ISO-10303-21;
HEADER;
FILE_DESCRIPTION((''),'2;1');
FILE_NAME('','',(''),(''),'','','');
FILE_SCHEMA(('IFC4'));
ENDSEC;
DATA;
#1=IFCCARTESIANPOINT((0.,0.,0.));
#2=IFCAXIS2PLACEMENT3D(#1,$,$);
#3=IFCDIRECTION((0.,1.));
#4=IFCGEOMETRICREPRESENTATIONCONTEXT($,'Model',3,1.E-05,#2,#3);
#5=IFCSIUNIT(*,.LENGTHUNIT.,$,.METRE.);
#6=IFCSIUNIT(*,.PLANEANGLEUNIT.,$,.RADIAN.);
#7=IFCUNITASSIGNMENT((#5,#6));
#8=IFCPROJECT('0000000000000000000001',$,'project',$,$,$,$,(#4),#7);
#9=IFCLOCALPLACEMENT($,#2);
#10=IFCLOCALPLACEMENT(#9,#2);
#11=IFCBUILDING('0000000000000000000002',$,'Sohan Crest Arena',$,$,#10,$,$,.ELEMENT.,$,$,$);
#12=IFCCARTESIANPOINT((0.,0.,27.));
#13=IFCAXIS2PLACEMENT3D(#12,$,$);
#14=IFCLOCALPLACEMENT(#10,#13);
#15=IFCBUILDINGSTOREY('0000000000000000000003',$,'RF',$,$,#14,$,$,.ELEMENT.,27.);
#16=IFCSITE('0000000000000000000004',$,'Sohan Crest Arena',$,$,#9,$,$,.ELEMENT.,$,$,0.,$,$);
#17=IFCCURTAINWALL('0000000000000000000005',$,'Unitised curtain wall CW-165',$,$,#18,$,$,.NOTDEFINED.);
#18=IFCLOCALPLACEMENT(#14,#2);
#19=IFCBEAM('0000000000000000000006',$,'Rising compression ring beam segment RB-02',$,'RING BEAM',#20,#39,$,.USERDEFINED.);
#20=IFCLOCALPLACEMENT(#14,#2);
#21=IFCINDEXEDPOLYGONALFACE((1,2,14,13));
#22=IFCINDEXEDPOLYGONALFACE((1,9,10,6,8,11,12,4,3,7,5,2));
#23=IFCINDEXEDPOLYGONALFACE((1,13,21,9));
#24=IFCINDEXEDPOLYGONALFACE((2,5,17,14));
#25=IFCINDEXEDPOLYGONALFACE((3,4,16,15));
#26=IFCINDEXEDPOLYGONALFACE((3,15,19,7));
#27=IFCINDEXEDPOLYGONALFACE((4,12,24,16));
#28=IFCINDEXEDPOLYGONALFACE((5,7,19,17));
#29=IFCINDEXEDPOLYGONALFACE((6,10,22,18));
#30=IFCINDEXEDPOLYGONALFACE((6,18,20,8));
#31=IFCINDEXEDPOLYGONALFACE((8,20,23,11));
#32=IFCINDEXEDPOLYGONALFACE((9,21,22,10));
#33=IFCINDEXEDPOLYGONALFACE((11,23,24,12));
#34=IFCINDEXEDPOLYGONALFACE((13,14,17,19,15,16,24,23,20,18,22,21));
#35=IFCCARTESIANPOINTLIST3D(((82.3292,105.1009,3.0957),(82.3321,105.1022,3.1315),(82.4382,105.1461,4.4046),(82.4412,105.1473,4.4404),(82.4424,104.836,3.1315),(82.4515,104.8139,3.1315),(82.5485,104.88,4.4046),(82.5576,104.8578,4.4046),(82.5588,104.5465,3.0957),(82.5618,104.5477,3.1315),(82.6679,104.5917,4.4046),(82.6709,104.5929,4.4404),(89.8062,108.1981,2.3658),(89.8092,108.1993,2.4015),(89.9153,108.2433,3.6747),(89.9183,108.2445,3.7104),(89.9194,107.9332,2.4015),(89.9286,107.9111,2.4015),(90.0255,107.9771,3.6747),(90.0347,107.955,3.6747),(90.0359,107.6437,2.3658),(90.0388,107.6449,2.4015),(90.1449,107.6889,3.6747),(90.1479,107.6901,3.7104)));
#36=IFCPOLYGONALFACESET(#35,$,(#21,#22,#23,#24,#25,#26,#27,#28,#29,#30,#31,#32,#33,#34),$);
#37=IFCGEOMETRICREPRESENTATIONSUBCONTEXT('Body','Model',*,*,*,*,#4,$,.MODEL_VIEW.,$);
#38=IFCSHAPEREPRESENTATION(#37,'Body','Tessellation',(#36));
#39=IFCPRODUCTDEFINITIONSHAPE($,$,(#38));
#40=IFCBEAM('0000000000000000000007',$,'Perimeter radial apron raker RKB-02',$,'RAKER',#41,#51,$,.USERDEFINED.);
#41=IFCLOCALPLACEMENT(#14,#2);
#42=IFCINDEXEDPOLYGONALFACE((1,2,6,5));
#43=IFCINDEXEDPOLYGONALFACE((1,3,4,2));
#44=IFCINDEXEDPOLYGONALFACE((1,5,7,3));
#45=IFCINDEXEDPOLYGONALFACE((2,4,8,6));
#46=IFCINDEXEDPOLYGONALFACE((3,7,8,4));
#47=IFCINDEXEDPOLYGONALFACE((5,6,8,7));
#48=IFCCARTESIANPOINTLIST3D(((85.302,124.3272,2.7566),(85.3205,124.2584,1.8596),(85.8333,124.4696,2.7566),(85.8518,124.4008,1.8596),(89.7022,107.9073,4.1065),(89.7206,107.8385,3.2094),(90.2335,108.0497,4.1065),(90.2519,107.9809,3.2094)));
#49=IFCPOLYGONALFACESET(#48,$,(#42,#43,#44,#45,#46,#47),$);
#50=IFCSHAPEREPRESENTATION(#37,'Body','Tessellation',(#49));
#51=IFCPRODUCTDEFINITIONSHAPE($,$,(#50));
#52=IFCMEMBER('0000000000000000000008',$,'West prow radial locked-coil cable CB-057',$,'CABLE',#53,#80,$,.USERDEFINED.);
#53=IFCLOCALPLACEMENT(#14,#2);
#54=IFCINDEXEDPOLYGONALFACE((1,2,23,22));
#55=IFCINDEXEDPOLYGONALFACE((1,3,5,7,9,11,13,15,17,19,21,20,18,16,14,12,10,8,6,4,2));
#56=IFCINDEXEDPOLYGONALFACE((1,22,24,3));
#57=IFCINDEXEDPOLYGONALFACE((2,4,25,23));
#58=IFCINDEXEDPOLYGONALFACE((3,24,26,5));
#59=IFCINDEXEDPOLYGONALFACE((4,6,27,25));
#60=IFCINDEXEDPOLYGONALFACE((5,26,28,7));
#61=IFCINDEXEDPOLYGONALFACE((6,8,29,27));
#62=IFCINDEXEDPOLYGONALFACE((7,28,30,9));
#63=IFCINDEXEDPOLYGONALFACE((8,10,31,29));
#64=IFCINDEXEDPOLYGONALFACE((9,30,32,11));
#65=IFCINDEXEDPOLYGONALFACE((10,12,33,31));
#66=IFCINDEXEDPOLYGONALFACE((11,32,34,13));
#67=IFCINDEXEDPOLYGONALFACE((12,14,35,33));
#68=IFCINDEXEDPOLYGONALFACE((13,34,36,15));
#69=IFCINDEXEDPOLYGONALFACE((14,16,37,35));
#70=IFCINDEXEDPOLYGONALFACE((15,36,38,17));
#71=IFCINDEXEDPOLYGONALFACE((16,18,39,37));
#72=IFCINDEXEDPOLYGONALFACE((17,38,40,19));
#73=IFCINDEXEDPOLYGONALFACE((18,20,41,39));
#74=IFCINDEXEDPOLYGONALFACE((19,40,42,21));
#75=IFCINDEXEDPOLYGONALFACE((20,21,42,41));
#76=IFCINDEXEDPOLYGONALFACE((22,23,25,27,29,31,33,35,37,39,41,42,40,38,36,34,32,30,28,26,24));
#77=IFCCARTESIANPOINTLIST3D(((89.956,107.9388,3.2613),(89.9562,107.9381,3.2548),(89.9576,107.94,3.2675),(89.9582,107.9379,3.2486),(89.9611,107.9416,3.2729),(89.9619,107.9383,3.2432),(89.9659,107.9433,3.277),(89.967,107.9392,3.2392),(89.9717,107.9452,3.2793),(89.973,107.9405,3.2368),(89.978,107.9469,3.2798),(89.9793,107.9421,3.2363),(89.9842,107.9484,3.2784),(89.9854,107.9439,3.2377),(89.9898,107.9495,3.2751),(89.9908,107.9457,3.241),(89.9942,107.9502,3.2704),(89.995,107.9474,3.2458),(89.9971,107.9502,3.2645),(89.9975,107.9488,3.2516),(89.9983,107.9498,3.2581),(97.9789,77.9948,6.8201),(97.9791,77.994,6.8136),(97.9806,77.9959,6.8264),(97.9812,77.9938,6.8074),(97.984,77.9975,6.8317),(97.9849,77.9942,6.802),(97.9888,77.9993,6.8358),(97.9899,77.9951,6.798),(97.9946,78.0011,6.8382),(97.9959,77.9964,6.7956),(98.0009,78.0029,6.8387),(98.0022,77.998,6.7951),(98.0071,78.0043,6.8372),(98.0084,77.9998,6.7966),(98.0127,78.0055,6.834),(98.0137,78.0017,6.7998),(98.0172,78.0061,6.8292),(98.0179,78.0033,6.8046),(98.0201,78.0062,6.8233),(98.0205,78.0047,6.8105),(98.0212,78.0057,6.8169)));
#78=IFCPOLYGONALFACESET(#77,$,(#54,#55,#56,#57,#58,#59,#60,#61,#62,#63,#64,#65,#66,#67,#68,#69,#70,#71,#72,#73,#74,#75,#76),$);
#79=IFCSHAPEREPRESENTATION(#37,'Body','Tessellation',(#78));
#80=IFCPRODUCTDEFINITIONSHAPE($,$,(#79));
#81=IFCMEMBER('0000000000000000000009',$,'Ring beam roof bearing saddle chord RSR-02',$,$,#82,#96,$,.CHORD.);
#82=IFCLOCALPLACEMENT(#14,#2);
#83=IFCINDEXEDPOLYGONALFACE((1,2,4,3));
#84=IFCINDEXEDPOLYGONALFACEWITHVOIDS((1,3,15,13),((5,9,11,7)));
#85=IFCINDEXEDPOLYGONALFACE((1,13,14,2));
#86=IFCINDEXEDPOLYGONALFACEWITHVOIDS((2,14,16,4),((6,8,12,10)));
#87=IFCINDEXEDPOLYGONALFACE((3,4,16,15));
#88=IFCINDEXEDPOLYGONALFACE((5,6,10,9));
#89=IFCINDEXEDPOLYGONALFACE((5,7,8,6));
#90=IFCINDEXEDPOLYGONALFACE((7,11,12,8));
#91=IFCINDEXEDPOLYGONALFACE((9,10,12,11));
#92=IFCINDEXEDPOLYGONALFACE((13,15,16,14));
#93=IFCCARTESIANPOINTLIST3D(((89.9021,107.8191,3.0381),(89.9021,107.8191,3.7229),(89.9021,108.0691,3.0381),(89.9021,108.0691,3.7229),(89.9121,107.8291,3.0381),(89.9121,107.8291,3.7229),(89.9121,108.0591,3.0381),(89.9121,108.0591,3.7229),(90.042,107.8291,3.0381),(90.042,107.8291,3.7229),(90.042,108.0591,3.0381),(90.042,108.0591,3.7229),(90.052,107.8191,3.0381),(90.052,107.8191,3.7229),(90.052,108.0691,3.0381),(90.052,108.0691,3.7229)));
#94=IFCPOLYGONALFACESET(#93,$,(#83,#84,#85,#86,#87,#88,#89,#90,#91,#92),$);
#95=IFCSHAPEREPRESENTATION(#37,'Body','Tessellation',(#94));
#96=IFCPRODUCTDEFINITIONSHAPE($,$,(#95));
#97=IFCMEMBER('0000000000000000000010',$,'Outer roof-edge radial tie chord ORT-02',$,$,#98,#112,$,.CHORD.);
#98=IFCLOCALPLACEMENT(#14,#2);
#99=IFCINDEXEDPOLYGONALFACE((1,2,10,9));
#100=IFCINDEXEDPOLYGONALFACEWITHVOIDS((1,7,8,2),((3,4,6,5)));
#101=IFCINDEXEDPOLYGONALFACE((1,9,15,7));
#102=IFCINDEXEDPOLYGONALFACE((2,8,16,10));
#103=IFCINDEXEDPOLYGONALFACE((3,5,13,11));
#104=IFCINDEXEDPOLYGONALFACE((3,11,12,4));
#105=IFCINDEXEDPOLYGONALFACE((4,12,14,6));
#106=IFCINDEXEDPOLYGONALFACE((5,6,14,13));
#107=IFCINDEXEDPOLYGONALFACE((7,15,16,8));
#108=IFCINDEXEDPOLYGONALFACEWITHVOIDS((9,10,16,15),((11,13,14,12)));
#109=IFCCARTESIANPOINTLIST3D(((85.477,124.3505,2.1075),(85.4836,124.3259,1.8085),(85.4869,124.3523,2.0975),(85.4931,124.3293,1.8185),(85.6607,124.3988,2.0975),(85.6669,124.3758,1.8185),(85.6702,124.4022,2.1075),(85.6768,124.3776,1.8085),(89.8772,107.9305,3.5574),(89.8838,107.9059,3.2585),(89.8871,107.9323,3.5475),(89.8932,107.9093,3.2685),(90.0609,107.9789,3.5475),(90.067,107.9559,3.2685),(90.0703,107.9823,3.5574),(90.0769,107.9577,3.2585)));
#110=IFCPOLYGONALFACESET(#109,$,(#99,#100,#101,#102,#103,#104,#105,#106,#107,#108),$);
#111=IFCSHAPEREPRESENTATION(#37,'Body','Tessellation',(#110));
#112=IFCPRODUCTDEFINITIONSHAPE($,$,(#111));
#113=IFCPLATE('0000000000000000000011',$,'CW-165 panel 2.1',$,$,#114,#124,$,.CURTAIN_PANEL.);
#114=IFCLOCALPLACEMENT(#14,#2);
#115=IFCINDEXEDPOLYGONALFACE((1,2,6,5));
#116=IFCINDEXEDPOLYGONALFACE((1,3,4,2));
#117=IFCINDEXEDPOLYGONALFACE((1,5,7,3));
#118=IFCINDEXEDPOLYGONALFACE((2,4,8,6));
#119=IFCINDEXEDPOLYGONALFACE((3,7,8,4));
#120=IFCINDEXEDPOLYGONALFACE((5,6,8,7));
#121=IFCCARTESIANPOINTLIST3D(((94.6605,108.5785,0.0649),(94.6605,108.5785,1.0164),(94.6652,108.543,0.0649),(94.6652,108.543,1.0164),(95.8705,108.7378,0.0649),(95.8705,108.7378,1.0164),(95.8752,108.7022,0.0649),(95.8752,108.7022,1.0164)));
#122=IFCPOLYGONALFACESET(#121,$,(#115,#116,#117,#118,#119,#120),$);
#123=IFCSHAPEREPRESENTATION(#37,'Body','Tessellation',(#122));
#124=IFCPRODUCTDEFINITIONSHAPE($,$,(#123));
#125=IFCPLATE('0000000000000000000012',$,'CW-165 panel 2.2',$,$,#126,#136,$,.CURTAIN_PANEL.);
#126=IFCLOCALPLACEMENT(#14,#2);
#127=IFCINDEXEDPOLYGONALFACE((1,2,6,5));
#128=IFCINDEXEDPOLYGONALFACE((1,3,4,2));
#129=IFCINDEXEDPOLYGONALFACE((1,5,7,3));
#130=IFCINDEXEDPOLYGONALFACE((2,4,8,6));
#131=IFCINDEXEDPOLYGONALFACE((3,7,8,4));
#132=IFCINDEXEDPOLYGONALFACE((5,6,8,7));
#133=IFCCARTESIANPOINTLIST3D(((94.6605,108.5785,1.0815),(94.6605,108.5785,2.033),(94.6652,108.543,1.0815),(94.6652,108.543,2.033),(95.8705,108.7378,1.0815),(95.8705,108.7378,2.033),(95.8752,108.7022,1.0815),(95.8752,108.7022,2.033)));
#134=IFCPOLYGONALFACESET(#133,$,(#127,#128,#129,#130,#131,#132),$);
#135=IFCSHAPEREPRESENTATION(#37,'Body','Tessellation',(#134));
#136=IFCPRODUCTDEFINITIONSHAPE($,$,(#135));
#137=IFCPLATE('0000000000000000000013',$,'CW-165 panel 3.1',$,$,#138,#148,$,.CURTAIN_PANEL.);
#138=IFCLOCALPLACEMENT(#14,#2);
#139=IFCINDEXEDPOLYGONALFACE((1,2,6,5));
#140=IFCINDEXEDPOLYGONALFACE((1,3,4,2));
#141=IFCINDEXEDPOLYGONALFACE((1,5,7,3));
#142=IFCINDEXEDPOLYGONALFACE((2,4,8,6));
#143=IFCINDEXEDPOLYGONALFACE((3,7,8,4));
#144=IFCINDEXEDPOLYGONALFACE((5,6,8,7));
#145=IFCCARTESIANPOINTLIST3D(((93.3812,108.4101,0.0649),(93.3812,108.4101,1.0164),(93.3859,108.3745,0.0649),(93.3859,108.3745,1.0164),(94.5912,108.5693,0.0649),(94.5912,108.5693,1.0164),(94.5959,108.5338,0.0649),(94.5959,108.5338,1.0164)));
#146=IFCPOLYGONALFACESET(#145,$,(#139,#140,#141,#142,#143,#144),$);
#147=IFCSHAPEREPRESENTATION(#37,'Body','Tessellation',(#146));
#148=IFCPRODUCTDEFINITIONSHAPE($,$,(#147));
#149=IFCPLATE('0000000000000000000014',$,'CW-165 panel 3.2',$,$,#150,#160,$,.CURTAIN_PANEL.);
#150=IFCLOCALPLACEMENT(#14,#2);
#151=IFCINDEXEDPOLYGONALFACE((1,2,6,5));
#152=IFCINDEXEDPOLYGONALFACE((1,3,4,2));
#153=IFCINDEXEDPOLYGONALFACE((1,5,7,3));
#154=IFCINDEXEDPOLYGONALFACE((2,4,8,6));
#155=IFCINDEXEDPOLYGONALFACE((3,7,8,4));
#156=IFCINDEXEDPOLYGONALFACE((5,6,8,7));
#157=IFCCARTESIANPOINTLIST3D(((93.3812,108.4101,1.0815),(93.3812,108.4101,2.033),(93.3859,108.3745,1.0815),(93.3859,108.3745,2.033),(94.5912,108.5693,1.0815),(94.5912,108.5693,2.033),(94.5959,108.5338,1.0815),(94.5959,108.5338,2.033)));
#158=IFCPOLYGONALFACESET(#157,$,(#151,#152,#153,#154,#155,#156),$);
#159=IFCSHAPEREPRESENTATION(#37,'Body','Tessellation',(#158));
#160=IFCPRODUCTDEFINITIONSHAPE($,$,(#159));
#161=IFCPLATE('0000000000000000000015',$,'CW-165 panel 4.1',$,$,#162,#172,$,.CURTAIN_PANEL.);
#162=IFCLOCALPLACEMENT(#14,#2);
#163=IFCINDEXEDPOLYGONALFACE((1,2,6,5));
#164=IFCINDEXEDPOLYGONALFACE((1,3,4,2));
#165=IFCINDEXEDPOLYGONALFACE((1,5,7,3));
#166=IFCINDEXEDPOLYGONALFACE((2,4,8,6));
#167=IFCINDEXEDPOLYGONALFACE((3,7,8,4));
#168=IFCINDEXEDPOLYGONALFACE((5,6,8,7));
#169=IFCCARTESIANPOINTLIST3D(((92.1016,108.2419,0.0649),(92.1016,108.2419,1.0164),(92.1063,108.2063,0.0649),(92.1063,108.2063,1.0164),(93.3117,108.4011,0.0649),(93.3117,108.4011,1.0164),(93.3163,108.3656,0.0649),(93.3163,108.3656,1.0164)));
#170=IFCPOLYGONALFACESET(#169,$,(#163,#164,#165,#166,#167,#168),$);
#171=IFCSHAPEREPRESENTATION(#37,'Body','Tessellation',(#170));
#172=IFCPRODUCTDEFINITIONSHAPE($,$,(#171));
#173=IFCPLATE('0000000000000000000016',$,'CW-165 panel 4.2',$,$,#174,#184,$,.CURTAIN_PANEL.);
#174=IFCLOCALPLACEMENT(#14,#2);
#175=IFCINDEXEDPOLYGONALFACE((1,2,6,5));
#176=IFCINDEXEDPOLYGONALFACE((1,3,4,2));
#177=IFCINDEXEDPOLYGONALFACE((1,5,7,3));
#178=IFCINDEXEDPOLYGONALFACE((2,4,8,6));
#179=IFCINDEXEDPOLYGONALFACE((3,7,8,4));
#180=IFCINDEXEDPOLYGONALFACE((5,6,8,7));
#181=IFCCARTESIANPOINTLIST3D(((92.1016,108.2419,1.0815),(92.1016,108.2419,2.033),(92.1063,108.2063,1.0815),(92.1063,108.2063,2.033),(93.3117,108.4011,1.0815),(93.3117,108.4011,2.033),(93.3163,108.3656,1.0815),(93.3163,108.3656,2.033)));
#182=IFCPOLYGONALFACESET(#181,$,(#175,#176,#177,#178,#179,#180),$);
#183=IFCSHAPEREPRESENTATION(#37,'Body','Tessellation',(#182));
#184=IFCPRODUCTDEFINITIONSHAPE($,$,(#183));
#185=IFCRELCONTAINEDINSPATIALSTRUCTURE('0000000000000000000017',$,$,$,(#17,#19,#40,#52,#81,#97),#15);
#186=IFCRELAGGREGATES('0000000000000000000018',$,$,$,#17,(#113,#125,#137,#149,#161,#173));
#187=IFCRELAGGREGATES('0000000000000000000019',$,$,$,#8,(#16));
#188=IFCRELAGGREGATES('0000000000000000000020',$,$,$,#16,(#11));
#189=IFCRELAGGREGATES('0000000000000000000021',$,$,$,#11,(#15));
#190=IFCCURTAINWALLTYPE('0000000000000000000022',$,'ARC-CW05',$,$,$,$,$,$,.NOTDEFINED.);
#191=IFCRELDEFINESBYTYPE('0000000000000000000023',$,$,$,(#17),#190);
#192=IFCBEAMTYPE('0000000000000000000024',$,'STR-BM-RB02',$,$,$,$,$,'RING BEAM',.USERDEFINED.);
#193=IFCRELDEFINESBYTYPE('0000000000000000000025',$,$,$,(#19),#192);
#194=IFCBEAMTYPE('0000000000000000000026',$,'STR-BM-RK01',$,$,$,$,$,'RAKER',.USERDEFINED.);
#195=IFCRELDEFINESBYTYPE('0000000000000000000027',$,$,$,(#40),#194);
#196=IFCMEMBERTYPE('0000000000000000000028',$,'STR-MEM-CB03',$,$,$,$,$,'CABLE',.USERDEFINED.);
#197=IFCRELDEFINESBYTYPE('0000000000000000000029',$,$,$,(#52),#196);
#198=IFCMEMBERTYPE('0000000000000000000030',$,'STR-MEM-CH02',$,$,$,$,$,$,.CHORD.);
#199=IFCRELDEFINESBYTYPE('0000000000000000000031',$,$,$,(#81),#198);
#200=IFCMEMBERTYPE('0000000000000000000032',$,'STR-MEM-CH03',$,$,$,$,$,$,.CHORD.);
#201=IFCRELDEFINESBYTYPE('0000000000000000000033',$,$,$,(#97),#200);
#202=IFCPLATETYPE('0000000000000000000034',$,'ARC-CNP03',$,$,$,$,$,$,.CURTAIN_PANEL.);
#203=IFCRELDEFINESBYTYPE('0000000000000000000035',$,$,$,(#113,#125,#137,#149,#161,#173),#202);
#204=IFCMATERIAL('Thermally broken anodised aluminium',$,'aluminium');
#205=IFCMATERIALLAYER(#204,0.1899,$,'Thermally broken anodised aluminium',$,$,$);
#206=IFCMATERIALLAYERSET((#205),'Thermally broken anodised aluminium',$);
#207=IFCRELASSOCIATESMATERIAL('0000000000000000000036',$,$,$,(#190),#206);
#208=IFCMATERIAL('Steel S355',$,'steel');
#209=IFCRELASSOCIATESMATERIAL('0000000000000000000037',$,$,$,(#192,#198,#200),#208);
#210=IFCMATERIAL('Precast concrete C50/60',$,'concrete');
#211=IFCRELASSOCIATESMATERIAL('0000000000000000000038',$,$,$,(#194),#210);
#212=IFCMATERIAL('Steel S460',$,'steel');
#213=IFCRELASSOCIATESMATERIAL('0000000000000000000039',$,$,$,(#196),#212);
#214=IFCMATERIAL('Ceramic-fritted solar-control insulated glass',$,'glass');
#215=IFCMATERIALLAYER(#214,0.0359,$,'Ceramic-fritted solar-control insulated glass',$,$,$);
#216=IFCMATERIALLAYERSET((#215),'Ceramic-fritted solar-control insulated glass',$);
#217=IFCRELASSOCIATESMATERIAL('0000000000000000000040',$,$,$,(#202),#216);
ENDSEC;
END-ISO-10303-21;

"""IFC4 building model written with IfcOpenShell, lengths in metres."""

from ifc_helpers import new_model, si_unit, direction, frame, origin, origin_2d, place, context, subcontext, project, spatial, rectangle, hollow_rectangle, circle, i_section, extrude, material, layer, layer_set, material_profile, profile_set, type_object, element, aggregate, save


model = new_model("IFC4")

# Units and contexts
model_context = context("Model", 3, precision=1e-05, world=origin(), true_north=direction((0.0, 1.0)))
body_context = subcontext(model_context, "Body", "Model", "MODEL_VIEW")
ifc_project = project(units=[si_unit("LENGTHUNIT", "METRE"), si_unit("PLANEANGLEUNIT", "RADIAN")], contexts=[model_context])

# Site, building, storey
site_placement = place(None, origin())
site = spatial("IfcSite", under=ifc_project, at=site_placement, Name="Sohan Crest Arena", CompositionType="ELEMENT", RefElevation=0.0)
building_placement = place(site_placement, origin())
building = spatial("IfcBuilding", under=site, at=building_placement, Name="Sohan Crest Arena", CompositionType="ELEMENT")
storey_placement = place(building_placement, frame((0.0, 0.0, 27.0)))
storey = spatial("IfcBuildingStorey", under=building, at=storey_placement, Name="RF", CompositionType="ELEMENT", Elevation=27.0)

# Curtain wall
ifc_material_1 = material(Name="Thermally broken anodised aluminium", Category="aluminium")
ifc_layer_1 = layer(ifc_material_1, 0.1899, Name="Thermally broken anodised aluminium")
ifc_layer_set_1 = layer_set([ifc_layer_1], Name="Thermally broken anodised aluminium")
curtain_wall_type = type_object("IfcCurtainWallType", Name="ARC-CW05", PredefinedType="NOTDEFINED", material=ifc_layer_set_1)
curtain_wall_placement = place(storey_placement, origin())
curtain_wall = element("IfcCurtainWall", 1, at=curtain_wall_placement, inside=storey, type_object=curtain_wall_type, Name="Unitised curtain wall CW-165", PredefinedType="NOTDEFINED")

# Beams
ifc_material_2 = material(Name="Steel S355", Category="steel")
ifc_material_profile_1 = material_profile(ifc_material_2, i_section(OverallWidth=0.6001, OverallDepth=1.3501, WebThickness=0.0239, FlangeThickness=0.0359, at=origin_2d()), Name="PG 1350x600x24x36")
ifc_profile_set_1 = profile_set([ifc_material_profile_1], Name="Steel S355")
beam_type_1 = type_object("IfcBeamType", Name="STR-BM-RB02", ElementType="RING BEAM", PredefinedType="USERDEFINED", material=ifc_profile_set_1)
beam_1_placement = place(storey_placement, frame((89.9771, 107.9441, 3.0381), z_axis=(-0.920141, -0.381144, 0.089833), x_axis=(0.382691, -0.923876, 0.0)))
element("IfcBeam", 2, at=beam_1_placement, inside=storey, type_object=beam_type_1, Name="Rising compression ring beam segment RB-02", ObjectType="RING BEAM", PredefinedType="USERDEFINED", context=body_context, shape_type="SweptSolid", body=[
    extrude(i_section(OverallWidth=0.6001, OverallDepth=1.3501, WebThickness=0.0239, FlangeThickness=0.0359, at=origin_2d()), origin(), (0.0, 0.0, 1.0), 8.126),
])
ifc_material_3 = material(Name="Precast concrete C50/60", Category="concrete")
ifc_material_profile_2 = material_profile(ifc_material_3, rectangle(XDim=0.55, YDim=0.8999, at=origin_2d()), Name="RAKER 550x900")
ifc_profile_set_2 = profile_set([ifc_material_profile_2], Name="Precast concrete C50/60")
beam_type_2 = type_object("IfcBeamType", Name="STR-BM-RK01", ElementType="RAKER", PredefinedType="USERDEFINED", material=ifc_profile_set_2)
beam_2_placement = place(storey_placement, frame((89.9771, 107.9441, 3.658), z_axis=(-0.258031, 0.962888, -0.079157), x_axis=(-0.965919, -0.258843, 0.0)))
element("IfcBeam", 3, at=beam_2_placement, inside=storey, type_object=beam_type_2, Name="Perimeter radial apron raker RKB-02", ObjectType="RAKER", PredefinedType="USERDEFINED", context=body_context, shape_type="SweptSolid", body=[
    extrude(rectangle(XDim=0.55, YDim=0.8999, at=origin_2d()), origin(), (0.0, 0.0, 1.0), 17.0527),
])

# Members
ifc_material_4 = material(Name="Steel S460", Category="steel")
ifc_material_profile_3 = material_profile(ifc_material_4, circle(Radius=0.022, at=origin_2d()), Name="FLC D44")
ifc_profile_set_3 = profile_set([ifc_material_profile_3], Name="Steel S460")
member_type_1 = type_object("IfcMemberType", Name="STR-MEM-CB03", ElementType="CABLE", PredefinedType="USERDEFINED", material=ifc_profile_set_3)
member_1_placement = place(storey_placement, frame((89.9771, 107.9441, 3.2581), z_axis=(0.257114, -0.959627, 0.114051), x_axis=(0.96593, 0.258803, 0.0)))
element("IfcMember", 4, at=member_1_placement, inside=storey, type_object=member_type_1, Name="West prow radial locked-coil cable CB-057", ObjectType="CABLE", PredefinedType="USERDEFINED", context=body_context, shape_type="SweptSolid", body=[
    extrude(circle(Radius=0.022, at=origin_2d()), origin(), (0.0, 0.0, 1.0), 31.2039),
])
ifc_material_profile_4 = material_profile(ifc_material_2, hollow_rectangle(XDim=0.1499, YDim=0.25, WallThickness=0.01, at=origin_2d()), Name="RHS 250x150x10")
ifc_profile_set_4 = profile_set([ifc_material_profile_4], Name="Steel S355")
member_type_2 = type_object("IfcMemberType", Name="STR-MEM-CH02", PredefinedType="CHORD", material=ifc_profile_set_4)
member_2_placement = place(storey_placement, frame((89.9771, 107.9441, 3.0381), z_axis=(0.0, 0.0, 1.0), x_axis=(1.0, 0.0, 0.0)))
element("IfcMember", 5, at=member_2_placement, inside=storey, type_object=member_type_2, Name="Ring beam roof bearing saddle chord RSR-02", PredefinedType="CHORD", context=body_context, shape_type="SweptSolid", body=[
    extrude(hollow_rectangle(XDim=0.1499, YDim=0.25, WallThickness=0.01, at=origin_2d()), origin(), (0.0, 0.0, 1.0), 0.6848),
])
ifc_material_profile_5 = material_profile(ifc_material_2, hollow_rectangle(XDim=0.2, YDim=0.3, WallThickness=0.01, at=origin_2d()), Name="RHS 300x200x10")
ifc_profile_set_5 = profile_set([ifc_material_profile_5], Name="Steel S355")
member_type_3 = type_object("IfcMemberType", Name="STR-MEM-CH03", PredefinedType="CHORD", material=ifc_profile_set_5)
member_3_placement = place(storey_placement, frame((89.9771, 107.9441, 3.408), z_axis=(-0.257907, 0.962425, -0.084986), x_axis=(-0.965919, -0.258843, 0.0)))
element("IfcMember", 6, at=member_3_placement, inside=storey, type_object=member_type_3, Name="Outer roof-edge radial tie chord ORT-02", PredefinedType="CHORD", context=body_context, shape_type="SweptSolid", body=[
    extrude(hollow_rectangle(XDim=0.2, YDim=0.3, WallThickness=0.01, at=origin_2d()), origin(), (0.0, 0.0, 1.0), 17.061),
])

# Plates
ifc_material_5 = material(Name="Ceramic-fritted solar-control insulated glass", Category="glass")
ifc_layer_2 = layer(ifc_material_5, 0.0359, Name="Ceramic-fritted solar-control insulated glass")
ifc_layer_set_2 = layer_set([ifc_layer_2], Name="Ceramic-fritted solar-control insulated glass")
plate_type_1 = type_object("IfcPlateType", Name="ARC-CNP03", PredefinedType="CURTAIN_PANEL", material=ifc_layer_set_2)
plate_1_placement = place(storey_placement, frame((95.2678, 108.6404, 0.0649), z_axis=(0.0, 0.0, 1.0), x_axis=(-0.991448, -0.130499, 0.0)))
plate_1 = element("IfcPlate", 7, at=plate_1_placement, type_object=plate_type_1, Name="CW-165 panel 2.1", PredefinedType="CURTAIN_PANEL", context=body_context, shape_type="SweptSolid", body=[
    extrude(rectangle(XDim=1.2205, YDim=0.0359, at=origin_2d()), origin(), (0.0, 0.0, 1.0), 0.9514),
])
plate_2_placement = place(storey_placement, frame((95.2678, 108.6404, 1.0815), z_axis=(0.0, 0.0, 1.0), x_axis=(-0.991448, -0.130499, 0.0)))
plate_2 = element("IfcPlate", 8, at=plate_2_placement, type_object=plate_type_1, Name="CW-165 panel 2.2", PredefinedType="CURTAIN_PANEL", context=body_context, shape_type="SweptSolid", body=[
    extrude(rectangle(XDim=1.2205, YDim=0.0359, at=origin_2d()), origin(), (0.0, 0.0, 1.0), 0.9514),
])
plate_3_placement = place(storey_placement, frame((93.9885, 108.4719, 0.0649), z_axis=(0.0, 0.0, 1.0), x_axis=(-0.991448, -0.130499, 0.0)))
plate_3 = element("IfcPlate", 9, at=plate_3_placement, type_object=plate_type_1, Name="CW-165 panel 3.1", PredefinedType="CURTAIN_PANEL", context=body_context, shape_type="SweptSolid", body=[
    extrude(rectangle(XDim=1.2205, YDim=0.0359, at=origin_2d()), origin(), (0.0, 0.0, 1.0), 0.9514),
])
plate_4_placement = place(storey_placement, frame((93.9885, 108.4719, 1.0815), z_axis=(0.0, 0.0, 1.0), x_axis=(-0.991448, -0.130499, 0.0)))
plate_4 = element("IfcPlate", 10, at=plate_4_placement, type_object=plate_type_1, Name="CW-165 panel 3.2", PredefinedType="CURTAIN_PANEL", context=body_context, shape_type="SweptSolid", body=[
    extrude(rectangle(XDim=1.2205, YDim=0.0359, at=origin_2d()), origin(), (0.0, 0.0, 1.0), 0.9514),
])
plate_5_placement = place(storey_placement, frame((92.709, 108.3037, 0.0649), z_axis=(0.0, 0.0, 1.0), x_axis=(-0.991448, -0.130499, 0.0)))
plate_5 = element("IfcPlate", 11, at=plate_5_placement, type_object=plate_type_1, Name="CW-165 panel 4.1", PredefinedType="CURTAIN_PANEL", context=body_context, shape_type="SweptSolid", body=[
    extrude(rectangle(XDim=1.2205, YDim=0.0359, at=origin_2d()), origin(), (0.0, 0.0, 1.0), 0.9514),
])
plate_6_placement = place(storey_placement, frame((92.709, 108.3037, 1.0815), z_axis=(0.0, 0.0, 1.0), x_axis=(-0.991448, -0.130499, 0.0)))
plate_6 = element("IfcPlate", 12, at=plate_6_placement, type_object=plate_type_1, Name="CW-165 panel 4.2", PredefinedType="CURTAIN_PANEL", context=body_context, shape_type="SweptSolid", body=[
    extrude(rectangle(XDim=1.2205, YDim=0.0359, at=origin_2d()), origin(), (0.0, 0.0, 1.0), 0.9514),
])
aggregate(curtain_wall, [plate_1, plate_2, plate_3, plate_4, plate_5, plate_6])

save(model, "model.ifc")
